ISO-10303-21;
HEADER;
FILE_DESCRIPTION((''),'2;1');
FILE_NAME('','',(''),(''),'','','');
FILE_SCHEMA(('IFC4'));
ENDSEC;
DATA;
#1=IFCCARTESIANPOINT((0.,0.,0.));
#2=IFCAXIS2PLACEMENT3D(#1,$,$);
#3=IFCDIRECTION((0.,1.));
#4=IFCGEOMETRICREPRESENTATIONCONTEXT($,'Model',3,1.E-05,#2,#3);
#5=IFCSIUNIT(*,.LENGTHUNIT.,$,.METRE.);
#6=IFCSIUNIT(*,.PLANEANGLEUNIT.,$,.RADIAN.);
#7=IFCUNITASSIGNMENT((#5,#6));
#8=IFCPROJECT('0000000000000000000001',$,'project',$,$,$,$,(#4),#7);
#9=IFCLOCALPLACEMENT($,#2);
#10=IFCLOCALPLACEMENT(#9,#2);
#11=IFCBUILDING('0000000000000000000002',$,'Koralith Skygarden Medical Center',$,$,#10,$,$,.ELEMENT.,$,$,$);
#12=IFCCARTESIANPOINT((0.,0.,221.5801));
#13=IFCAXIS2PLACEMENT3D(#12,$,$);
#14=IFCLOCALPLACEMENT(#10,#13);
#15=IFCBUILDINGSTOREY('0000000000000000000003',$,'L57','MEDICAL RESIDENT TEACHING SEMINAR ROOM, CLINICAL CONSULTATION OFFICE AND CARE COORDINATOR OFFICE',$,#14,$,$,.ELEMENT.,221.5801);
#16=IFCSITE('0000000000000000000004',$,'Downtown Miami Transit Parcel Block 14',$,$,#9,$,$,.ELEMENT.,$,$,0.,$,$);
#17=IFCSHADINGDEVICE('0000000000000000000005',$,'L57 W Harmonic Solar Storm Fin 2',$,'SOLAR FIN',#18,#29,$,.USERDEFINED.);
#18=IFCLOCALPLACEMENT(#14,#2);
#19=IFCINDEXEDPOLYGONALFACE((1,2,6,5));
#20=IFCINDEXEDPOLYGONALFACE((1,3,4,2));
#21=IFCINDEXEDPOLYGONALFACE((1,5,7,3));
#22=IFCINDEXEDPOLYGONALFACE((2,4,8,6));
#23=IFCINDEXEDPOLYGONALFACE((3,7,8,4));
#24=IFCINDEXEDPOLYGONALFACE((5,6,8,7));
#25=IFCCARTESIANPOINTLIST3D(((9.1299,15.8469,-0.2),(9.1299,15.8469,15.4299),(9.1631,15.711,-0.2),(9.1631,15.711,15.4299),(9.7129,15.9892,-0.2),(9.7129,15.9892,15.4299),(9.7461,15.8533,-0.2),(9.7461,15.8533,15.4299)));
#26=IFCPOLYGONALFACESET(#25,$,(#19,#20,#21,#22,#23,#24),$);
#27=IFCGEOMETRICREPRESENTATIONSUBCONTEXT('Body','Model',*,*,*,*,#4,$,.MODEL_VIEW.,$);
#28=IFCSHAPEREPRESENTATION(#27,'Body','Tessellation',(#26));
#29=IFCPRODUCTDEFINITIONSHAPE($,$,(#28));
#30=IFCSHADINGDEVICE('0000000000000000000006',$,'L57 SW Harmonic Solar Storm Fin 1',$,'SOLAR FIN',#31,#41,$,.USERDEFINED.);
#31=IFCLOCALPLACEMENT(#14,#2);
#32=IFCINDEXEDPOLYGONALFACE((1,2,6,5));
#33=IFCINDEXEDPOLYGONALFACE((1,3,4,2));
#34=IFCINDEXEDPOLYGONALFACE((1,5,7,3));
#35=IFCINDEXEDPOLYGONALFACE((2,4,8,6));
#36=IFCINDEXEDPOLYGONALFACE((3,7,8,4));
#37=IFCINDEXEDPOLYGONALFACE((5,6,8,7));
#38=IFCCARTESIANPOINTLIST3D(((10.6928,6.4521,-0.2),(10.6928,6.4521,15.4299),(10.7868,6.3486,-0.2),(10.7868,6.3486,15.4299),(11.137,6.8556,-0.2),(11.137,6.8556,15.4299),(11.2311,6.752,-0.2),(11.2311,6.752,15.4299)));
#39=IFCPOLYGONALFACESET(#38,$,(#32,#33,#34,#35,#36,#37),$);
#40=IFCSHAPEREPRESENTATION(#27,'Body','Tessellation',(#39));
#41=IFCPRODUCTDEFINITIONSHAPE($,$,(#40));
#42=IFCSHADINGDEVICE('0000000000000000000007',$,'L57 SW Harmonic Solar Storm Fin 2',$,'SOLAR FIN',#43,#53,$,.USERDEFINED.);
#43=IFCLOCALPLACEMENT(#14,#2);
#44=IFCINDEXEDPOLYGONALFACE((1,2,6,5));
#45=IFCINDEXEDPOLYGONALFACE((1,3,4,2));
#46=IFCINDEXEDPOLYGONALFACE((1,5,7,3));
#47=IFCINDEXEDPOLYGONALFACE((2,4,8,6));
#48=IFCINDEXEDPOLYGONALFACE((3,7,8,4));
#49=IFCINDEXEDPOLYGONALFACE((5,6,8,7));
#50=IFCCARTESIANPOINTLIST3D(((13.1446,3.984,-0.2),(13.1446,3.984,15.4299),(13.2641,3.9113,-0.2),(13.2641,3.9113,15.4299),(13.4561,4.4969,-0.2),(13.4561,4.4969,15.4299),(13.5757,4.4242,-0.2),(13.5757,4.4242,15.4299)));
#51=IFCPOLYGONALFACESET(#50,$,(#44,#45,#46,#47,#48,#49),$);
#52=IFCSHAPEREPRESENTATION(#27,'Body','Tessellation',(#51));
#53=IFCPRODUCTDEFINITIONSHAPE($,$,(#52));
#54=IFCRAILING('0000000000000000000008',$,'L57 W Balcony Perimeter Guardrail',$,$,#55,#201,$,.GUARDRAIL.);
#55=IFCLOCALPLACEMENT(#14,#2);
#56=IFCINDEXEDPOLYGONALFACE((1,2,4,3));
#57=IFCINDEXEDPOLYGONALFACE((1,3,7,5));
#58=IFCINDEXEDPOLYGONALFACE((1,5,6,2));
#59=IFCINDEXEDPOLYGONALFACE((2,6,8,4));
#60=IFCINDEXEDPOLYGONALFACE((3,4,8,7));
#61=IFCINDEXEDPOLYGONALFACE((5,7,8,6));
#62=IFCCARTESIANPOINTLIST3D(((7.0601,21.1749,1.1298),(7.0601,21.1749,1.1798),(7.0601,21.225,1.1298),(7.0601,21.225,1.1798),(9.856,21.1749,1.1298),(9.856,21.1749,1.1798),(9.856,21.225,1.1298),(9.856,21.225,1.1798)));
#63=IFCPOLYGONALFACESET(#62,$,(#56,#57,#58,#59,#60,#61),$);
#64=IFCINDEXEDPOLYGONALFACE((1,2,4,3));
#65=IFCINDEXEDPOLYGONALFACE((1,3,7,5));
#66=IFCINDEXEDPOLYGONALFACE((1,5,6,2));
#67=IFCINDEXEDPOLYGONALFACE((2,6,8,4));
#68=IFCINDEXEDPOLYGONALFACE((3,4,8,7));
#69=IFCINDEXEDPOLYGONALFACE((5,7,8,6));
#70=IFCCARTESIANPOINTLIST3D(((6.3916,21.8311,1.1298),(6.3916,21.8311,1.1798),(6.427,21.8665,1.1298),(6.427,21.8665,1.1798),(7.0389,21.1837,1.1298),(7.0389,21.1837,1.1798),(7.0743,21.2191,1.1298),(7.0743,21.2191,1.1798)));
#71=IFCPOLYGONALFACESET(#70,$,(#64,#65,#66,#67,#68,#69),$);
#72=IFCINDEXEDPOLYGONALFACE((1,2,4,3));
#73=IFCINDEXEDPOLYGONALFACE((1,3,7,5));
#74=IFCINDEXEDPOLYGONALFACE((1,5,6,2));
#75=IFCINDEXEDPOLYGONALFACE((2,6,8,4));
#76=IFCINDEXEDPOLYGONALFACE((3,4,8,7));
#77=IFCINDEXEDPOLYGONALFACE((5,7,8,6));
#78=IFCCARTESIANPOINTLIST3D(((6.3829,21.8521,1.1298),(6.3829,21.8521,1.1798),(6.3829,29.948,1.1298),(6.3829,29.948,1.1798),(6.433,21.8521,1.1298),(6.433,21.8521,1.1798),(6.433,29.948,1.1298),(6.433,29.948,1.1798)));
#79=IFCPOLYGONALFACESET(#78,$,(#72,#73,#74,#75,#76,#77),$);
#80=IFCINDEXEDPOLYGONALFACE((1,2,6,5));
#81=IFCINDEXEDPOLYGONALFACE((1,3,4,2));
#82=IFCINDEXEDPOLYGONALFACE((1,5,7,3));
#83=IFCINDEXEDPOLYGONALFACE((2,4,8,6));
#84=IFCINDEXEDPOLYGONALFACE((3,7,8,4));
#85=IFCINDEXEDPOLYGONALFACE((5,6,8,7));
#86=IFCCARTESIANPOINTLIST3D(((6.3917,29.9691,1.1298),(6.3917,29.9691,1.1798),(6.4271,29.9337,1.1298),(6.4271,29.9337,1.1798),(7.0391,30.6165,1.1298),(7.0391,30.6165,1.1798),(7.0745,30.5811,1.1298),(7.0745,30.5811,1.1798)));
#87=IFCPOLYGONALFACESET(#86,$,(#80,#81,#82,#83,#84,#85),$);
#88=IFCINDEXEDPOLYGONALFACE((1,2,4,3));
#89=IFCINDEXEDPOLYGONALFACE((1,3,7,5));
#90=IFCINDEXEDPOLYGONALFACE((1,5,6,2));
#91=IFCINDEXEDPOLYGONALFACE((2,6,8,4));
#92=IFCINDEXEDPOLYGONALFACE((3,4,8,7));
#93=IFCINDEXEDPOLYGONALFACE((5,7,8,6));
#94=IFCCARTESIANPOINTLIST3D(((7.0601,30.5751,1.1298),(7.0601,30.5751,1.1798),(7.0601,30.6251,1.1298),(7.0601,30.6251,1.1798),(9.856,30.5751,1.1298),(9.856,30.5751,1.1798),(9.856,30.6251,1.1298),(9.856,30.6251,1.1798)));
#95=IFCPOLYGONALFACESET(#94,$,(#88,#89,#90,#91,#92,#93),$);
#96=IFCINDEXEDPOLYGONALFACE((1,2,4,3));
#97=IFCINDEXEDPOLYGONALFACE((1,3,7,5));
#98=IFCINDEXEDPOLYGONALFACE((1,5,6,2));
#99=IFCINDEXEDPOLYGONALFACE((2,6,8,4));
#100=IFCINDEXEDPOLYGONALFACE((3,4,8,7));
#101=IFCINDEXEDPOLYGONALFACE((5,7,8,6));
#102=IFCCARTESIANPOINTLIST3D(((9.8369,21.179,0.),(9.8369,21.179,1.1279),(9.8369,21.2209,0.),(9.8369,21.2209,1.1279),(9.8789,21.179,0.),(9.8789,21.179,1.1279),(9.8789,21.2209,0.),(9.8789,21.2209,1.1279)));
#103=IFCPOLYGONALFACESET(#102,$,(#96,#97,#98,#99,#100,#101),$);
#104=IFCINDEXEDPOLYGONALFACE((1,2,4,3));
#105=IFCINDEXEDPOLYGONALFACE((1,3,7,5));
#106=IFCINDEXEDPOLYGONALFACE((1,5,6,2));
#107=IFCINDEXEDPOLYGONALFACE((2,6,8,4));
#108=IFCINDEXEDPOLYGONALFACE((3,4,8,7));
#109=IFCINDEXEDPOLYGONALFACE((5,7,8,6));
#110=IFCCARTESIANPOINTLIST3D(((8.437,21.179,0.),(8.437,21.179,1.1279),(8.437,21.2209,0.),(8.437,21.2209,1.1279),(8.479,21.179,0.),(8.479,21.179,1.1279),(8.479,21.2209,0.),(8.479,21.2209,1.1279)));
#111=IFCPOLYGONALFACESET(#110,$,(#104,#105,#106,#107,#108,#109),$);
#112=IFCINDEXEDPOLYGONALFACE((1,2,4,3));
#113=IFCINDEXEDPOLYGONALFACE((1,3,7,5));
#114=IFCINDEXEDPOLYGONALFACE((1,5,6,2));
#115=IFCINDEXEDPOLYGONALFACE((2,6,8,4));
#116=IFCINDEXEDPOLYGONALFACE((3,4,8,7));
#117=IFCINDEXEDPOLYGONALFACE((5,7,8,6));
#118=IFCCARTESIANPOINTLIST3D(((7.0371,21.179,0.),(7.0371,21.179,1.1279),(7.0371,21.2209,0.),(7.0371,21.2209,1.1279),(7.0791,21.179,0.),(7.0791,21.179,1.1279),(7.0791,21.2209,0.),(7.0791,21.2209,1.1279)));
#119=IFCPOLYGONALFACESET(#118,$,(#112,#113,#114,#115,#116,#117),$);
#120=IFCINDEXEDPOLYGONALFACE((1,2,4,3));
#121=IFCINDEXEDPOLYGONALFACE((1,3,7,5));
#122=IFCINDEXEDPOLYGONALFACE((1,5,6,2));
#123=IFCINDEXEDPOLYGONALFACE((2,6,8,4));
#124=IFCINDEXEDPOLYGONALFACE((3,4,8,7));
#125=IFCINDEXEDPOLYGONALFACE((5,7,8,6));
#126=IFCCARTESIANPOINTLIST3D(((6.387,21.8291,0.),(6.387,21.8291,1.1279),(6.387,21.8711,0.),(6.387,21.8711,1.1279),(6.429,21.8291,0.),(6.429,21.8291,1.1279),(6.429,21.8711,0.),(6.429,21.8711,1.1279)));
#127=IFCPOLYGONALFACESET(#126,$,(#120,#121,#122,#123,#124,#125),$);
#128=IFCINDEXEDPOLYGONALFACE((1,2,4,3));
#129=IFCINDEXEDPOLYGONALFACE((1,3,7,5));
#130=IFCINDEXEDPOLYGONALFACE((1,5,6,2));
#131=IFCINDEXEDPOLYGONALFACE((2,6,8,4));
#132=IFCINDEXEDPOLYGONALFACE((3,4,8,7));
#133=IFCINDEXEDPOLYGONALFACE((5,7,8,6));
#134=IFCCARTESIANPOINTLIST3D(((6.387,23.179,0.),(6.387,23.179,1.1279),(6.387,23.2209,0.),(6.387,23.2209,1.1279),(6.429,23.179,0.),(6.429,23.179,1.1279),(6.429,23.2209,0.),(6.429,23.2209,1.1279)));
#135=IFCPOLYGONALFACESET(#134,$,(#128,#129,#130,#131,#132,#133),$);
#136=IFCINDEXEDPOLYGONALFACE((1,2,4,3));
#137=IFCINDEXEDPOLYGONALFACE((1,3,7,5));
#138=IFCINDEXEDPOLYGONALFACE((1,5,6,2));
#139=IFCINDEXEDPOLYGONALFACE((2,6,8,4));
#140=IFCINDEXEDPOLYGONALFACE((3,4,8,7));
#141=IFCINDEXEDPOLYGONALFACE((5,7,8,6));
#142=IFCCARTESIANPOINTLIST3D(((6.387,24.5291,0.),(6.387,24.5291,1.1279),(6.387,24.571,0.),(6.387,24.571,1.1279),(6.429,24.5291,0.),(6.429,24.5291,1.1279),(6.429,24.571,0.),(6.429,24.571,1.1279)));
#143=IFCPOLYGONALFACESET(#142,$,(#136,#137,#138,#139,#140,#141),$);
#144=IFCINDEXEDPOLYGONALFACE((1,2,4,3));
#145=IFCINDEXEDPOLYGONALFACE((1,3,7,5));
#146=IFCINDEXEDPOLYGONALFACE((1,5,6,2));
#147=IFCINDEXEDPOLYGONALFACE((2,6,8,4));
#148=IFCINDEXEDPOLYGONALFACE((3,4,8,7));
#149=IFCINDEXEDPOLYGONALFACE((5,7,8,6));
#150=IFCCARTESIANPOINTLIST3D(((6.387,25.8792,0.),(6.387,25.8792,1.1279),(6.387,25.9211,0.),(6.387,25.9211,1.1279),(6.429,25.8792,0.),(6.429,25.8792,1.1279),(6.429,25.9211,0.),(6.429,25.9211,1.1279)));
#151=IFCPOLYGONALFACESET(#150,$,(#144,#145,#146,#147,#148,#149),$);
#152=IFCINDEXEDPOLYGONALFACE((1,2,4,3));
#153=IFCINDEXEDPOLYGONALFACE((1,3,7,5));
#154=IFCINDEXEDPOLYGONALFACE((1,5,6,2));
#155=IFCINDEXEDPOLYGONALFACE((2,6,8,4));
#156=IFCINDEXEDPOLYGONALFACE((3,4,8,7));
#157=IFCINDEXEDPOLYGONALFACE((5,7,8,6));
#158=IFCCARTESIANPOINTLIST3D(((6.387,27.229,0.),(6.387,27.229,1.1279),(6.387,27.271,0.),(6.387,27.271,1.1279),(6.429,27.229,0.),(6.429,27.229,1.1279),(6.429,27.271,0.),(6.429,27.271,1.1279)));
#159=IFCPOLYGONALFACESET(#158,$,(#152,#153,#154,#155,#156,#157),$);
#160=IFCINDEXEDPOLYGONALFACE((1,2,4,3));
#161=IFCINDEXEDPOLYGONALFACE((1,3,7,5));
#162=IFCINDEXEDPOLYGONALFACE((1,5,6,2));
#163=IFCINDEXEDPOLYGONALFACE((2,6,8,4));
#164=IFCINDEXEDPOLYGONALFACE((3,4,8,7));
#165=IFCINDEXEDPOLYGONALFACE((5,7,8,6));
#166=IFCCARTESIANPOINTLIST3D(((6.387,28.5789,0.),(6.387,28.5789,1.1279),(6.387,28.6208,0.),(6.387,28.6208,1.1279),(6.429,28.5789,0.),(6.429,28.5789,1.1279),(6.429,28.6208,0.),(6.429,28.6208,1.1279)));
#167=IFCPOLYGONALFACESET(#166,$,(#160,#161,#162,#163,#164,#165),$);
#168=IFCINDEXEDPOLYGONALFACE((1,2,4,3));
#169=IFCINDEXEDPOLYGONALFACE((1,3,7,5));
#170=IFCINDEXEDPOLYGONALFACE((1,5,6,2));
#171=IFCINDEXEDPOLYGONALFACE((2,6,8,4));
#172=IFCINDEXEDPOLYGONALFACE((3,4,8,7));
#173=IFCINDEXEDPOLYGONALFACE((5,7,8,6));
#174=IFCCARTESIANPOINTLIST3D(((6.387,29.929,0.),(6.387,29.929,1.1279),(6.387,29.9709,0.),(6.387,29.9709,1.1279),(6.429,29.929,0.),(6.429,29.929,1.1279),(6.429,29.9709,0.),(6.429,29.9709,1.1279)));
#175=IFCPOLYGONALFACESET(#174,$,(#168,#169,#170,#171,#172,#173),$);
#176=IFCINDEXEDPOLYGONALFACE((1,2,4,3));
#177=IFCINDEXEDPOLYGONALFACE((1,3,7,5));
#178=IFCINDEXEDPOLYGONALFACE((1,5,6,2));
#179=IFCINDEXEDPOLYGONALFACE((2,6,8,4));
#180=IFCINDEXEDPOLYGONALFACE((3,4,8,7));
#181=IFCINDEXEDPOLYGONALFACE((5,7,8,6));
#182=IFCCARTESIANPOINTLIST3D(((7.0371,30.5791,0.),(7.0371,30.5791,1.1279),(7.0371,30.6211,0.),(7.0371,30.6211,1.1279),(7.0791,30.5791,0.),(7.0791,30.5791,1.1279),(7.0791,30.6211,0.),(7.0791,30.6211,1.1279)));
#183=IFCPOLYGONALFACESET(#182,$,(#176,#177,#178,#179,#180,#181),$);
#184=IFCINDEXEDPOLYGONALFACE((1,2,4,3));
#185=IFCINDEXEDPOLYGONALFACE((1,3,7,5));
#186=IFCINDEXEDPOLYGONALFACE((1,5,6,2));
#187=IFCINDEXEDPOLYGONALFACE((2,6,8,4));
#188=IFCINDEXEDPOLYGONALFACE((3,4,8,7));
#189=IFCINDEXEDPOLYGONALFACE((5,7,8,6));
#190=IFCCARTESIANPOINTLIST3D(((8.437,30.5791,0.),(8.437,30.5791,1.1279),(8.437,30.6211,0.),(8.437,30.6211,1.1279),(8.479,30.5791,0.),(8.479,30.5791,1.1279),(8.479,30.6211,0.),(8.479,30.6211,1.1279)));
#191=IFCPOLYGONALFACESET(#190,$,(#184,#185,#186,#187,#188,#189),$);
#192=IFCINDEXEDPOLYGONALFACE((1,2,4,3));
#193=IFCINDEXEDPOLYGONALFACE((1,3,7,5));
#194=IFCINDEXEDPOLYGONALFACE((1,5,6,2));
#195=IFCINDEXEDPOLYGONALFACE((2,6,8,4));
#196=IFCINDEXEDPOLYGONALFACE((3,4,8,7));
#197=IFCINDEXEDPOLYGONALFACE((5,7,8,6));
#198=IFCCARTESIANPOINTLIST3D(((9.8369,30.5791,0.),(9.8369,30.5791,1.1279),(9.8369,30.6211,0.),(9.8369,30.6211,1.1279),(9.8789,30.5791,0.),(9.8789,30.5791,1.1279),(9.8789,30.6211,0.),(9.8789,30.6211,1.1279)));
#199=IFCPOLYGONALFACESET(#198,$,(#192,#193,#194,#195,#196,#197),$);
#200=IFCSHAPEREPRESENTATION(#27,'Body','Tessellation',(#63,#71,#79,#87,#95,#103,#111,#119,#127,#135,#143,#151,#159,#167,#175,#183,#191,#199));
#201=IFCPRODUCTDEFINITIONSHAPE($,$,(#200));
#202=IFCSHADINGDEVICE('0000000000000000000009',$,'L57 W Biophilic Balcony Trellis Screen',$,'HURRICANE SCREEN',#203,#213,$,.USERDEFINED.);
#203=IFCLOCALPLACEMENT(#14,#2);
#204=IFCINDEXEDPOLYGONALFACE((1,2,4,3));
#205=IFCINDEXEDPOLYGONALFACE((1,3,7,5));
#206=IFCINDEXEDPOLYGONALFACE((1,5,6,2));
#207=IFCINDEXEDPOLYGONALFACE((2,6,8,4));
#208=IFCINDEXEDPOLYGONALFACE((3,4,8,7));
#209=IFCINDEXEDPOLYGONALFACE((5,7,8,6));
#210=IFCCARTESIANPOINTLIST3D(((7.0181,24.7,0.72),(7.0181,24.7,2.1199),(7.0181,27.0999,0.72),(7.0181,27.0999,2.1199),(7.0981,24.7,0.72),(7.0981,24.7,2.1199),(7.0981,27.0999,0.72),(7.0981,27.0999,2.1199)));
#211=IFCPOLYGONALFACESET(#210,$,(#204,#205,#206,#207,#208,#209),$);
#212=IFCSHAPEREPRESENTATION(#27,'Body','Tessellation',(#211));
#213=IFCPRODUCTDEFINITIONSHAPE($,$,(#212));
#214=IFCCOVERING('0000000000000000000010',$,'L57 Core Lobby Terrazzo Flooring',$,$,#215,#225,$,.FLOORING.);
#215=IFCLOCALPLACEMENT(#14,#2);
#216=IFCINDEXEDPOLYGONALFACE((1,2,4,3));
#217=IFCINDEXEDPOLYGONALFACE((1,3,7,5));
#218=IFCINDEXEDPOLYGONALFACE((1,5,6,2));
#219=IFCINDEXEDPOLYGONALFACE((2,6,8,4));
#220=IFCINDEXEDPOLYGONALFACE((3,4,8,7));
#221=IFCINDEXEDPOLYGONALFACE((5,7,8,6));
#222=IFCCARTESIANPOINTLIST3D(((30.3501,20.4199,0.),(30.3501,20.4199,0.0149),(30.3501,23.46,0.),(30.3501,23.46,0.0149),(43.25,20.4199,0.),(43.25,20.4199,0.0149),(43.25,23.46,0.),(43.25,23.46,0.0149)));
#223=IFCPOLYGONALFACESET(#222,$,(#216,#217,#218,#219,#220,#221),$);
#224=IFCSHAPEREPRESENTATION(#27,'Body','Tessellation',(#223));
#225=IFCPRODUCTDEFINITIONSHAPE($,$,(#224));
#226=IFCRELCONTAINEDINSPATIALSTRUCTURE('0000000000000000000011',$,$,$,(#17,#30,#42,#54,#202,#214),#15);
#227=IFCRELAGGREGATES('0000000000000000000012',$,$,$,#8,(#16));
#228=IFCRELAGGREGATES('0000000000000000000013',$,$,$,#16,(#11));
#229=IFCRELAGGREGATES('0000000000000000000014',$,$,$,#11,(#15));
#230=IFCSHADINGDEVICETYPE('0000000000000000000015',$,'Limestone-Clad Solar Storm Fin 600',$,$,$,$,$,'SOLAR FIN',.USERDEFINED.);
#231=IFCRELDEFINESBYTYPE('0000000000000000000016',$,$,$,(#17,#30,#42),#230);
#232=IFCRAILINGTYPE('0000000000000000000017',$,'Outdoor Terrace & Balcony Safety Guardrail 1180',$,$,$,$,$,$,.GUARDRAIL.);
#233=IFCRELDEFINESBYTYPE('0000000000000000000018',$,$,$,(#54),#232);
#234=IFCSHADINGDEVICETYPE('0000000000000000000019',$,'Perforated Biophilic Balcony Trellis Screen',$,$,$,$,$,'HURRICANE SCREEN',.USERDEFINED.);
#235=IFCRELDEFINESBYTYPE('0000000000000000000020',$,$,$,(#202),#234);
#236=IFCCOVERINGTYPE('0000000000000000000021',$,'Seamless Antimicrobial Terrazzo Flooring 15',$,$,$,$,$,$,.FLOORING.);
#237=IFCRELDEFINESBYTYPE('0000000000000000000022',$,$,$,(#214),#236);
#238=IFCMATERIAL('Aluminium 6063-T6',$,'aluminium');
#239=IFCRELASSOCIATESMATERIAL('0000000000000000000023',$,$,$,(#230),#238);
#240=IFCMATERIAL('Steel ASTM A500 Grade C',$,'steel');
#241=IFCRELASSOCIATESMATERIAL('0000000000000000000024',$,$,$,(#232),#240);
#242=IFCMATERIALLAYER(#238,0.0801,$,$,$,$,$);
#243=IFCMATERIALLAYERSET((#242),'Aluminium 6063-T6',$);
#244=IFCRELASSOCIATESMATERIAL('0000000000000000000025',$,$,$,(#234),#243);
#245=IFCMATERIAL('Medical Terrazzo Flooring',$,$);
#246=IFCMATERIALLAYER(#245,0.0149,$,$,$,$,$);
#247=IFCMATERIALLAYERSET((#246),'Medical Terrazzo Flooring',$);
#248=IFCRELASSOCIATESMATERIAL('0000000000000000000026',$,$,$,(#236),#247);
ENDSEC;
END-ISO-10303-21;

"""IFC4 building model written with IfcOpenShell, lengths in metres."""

from ifc_helpers import new_model, si_unit, direction, frame, origin, origin_2d, place, context, subcontext, project, spatial, polyline, rectangle, outline, extrude, material, layer, layer_set, type_object, element, save


model = new_model("IFC4")

# Units and contexts
model_context = context("Model", 3, precision=1e-05, world=origin(), true_north=direction((0.0, 1.0)))
body_context = subcontext(model_context, "Body", "Model", "MODEL_VIEW")
ifc_project = project(units=[si_unit("LENGTHUNIT", "METRE"), si_unit("PLANEANGLEUNIT", "RADIAN")], contexts=[model_context])

# Site, building, storey
site_placement = place(None, origin())
site = spatial("IfcSite", under=ifc_project, at=site_placement, Name="Downtown Miami Transit Parcel Block 14", CompositionType="ELEMENT", RefElevation=0.0)
building_placement = place(site_placement, origin())
building = spatial("IfcBuilding", under=site, at=building_placement, Name="Koralith Skygarden Medical Center", CompositionType="ELEMENT")
storey_placement = place(building_placement, frame((0.0, 0.0, 221.5801)))
storey = spatial("IfcBuildingStorey", under=building, at=storey_placement, Name="L57", Description="MEDICAL RESIDENT TEACHING SEMINAR ROOM, CLINICAL CONSULTATION OFFICE AND CARE COORDINATOR OFFICE", CompositionType="ELEMENT", Elevation=221.5801)

# Shared definitions
ifc_material_1 = material(Name="Aluminium 6063-T6", Category="aluminium")

# Shading devices
shading_device_type_1 = type_object("IfcShadingDeviceType", Name="Limestone-Clad Solar Storm Fin 600", ElementType="SOLAR FIN", PredefinedType="USERDEFINED", material=ifc_material_1)
for number, where, z_axis, x_axis, name in (
    (1, (9.438, 15.8501, -0.2), (0.0, 0.0, 1.0), (-0.97145, -0.237245, 0.0), "L57 W Harmonic Solar Storm Fin 2"),
    (2, (10.9619, 6.6021, -0.2), (0.0, 0.0, 1.0), (-0.740289, -0.672289, 0.0), "L57 SW Harmonic Solar Storm Fin 1"),
    (3, (13.3601, 4.2041, -0.2), (0.0, 0.0, 1.0), (-0.519161, -0.854676, 0.0), "L57 SW Harmonic Solar Storm Fin 2"),
):
    element("IfcShadingDevice", number, at=place(storey_placement, frame(where, z_axis=z_axis, x_axis=x_axis)), inside=storey, type_object=shading_device_type_1, Name=name, ObjectType="SOLAR FIN", PredefinedType="USERDEFINED", context=body_context, shape_type="SweptSolid", body=[
        extrude(rectangle(XDim=0.6001, YDim=0.1399, at=origin_2d()), origin(), (0.0, 0.0, 1.0), 15.6299),
    ])

# Railing
ifc_material_2 = material(Name="Steel ASTM A500 Grade C", Category="steel")
railing_type = type_object("IfcRailingType", Name="Outdoor Terrace & Balcony Safety Guardrail 1180", PredefinedType="GUARDRAIL", material=ifc_material_2)
railing_placement = place(storey_placement, frame((9.8579, 21.2, 0.0)))
element("IfcRailing", 4, at=railing_placement, inside=storey, type_object=railing_type, Name="L57 W Balcony Perimeter Guardrail", PredefinedType="GUARDRAIL", context=body_context, shape_type="SweptSolid", body=[
    extrude(rectangle(XDim=0.05, YDim=0.05, at=origin_2d()), frame((-0.002, 0.0, 1.1548), z_axis=(-1.0, 0.0, 0.0), x_axis=(0.0, -1.0, 0.0)), (0.0, 0.0, 1.0), 2.7959),
    extrude(rectangle(XDim=0.05, YDim=0.05, at=origin_2d()), frame((-2.8013, 0.0015, 1.1548), z_axis=(-0.707107, 0.707107, 0.0), x_axis=(-0.707107, -0.707107, 0.0)), (0.0, 0.0, 1.0), 0.9155),
    extrude(rectangle(XDim=0.05, YDim=0.05, at=origin_2d()), frame((-3.45, 0.6521, 1.1548), z_axis=(0.0, 1.0, 0.0), x_axis=(-1.0, 0.0, 0.0)), (0.0, 0.0, 1.0), 8.0959),
    extrude(rectangle(XDim=0.05, YDim=0.05, at=origin_2d()), frame((-3.4485, 8.7515, 1.1548), z_axis=(0.707107, 0.707107, 0.0), x_axis=(-0.707107, 0.707107, 0.0)), (0.0, 0.0, 1.0), 0.9155),
    extrude(rectangle(XDim=0.05, YDim=0.05, at=origin_2d()), frame((-2.7979, 9.4001, 1.1548), z_axis=(1.0, 0.0, 0.0), x_axis=(0.0, 1.0, 0.0)), (0.0, 0.0, 1.0), 2.7959),
    extrude(rectangle(XDim=0.042, YDim=0.042, at=origin_2d()), origin(), (0.0, 0.0, 1.0), 1.1279),
    extrude(rectangle(XDim=0.042, YDim=0.042, at=origin_2d()), frame((-1.3999, 0.0, 0.0)), (0.0, 0.0, 1.0), 1.1279),
    extrude(rectangle(XDim=0.042, YDim=0.042, at=origin_2d()), frame((-2.7998, 0.0, 0.0)), (0.0, 0.0, 1.0), 1.1279),
    extrude(rectangle(XDim=0.042, YDim=0.042, at=origin_2d()), frame((-3.45, 0.6501, 0.0)), (0.0, 0.0, 1.0), 1.1279),
    extrude(rectangle(XDim=0.042, YDim=0.042, at=origin_2d()), frame((-3.45, 2.0, 0.0)), (0.0, 0.0, 1.0), 1.1279),
    extrude(rectangle(XDim=0.042, YDim=0.042, at=origin_2d()), frame((-3.45, 3.3501, 0.0)), (0.0, 0.0, 1.0), 1.1279),
    extrude(rectangle(XDim=0.042, YDim=0.042, at=origin_2d()), frame((-3.45, 4.7002, 0.0)), (0.0, 0.0, 1.0), 1.1279),
    extrude(rectangle(XDim=0.042, YDim=0.042, at=origin_2d()), frame((-3.45, 6.05, 0.0)), (0.0, 0.0, 1.0), 1.1279),
    extrude(rectangle(XDim=0.042, YDim=0.042, at=origin_2d()), frame((-3.45, 7.3999, 0.0)), (0.0, 0.0, 1.0), 1.1279),
    extrude(rectangle(XDim=0.042, YDim=0.042, at=origin_2d()), frame((-3.45, 8.75, 0.0)), (0.0, 0.0, 1.0), 1.1279),
    extrude(rectangle(XDim=0.042, YDim=0.042, at=origin_2d()), frame((-2.7998, 9.4001, 0.0)), (0.0, 0.0, 1.0), 1.1279),
    extrude(rectangle(XDim=0.042, YDim=0.042, at=origin_2d()), frame((-1.3999, 9.4001, 0.0)), (0.0, 0.0, 1.0), 1.1279),
    extrude(rectangle(XDim=0.042, YDim=0.042, at=origin_2d()), frame((0.0, 9.4001, 0.0)), (0.0, 0.0, 1.0), 1.1279),
])

# Shading device
ifc_layer_1 = layer(ifc_material_1, 0.0801)
ifc_layer_set_1 = layer_set([ifc_layer_1], Name="Aluminium 6063-T6")
shading_device_type_2 = type_object("IfcShadingDeviceType", Name="Perforated Biophilic Balcony Trellis Screen", ElementType="HURRICANE SCREEN", PredefinedType="USERDEFINED", material=ifc_layer_set_1)
shading_device_placement = place(storey_placement, frame((7.0581, 25.8999, 0.72), z_axis=(0.0, 0.0, 1.0), x_axis=(0.0, 1.0, 0.0)))
element("IfcShadingDevice", 5, at=shading_device_placement, inside=storey, type_object=shading_device_type_2, Name="L57 W Biophilic Balcony Trellis Screen", ObjectType="HURRICANE SCREEN", PredefinedType="USERDEFINED", context=body_context, shape_type="SweptSolid", body=[
    extrude(rectangle(XDim=2.3999, YDim=0.0801, at=origin_2d()), origin(), (0.0, 0.0, 1.0), 1.3999),
])

# Covering
ifc_material_3 = material(Name="Medical Terrazzo Flooring")
ifc_layer_2 = layer(ifc_material_3, 0.0149)
ifc_layer_set_2 = layer_set([ifc_layer_2], Name="Medical Terrazzo Flooring")
covering_type_1 = type_object("IfcCoveringType", Name="Seamless Antimicrobial Terrazzo Flooring 15", PredefinedType="FLOORING", material=ifc_layer_set_2)
covering_1_placement = place(storey_placement, origin())
element("IfcCovering", 6, at=covering_1_placement, inside=storey, type_object=covering_type_1, Name="L57 Core Lobby Terrazzo Flooring", PredefinedType="FLOORING", context=body_context, shape_type="SweptSolid", body=[
    extrude(outline(polyline([(30.3501, 20.4199), (43.25, 20.4199), (43.25, 23.46), (30.3501, 23.46), (30.3501, 20.4199)])), origin(), (0.0, 0.0, 1.0), 0.0149),
])

save(model, "model.ifc")
